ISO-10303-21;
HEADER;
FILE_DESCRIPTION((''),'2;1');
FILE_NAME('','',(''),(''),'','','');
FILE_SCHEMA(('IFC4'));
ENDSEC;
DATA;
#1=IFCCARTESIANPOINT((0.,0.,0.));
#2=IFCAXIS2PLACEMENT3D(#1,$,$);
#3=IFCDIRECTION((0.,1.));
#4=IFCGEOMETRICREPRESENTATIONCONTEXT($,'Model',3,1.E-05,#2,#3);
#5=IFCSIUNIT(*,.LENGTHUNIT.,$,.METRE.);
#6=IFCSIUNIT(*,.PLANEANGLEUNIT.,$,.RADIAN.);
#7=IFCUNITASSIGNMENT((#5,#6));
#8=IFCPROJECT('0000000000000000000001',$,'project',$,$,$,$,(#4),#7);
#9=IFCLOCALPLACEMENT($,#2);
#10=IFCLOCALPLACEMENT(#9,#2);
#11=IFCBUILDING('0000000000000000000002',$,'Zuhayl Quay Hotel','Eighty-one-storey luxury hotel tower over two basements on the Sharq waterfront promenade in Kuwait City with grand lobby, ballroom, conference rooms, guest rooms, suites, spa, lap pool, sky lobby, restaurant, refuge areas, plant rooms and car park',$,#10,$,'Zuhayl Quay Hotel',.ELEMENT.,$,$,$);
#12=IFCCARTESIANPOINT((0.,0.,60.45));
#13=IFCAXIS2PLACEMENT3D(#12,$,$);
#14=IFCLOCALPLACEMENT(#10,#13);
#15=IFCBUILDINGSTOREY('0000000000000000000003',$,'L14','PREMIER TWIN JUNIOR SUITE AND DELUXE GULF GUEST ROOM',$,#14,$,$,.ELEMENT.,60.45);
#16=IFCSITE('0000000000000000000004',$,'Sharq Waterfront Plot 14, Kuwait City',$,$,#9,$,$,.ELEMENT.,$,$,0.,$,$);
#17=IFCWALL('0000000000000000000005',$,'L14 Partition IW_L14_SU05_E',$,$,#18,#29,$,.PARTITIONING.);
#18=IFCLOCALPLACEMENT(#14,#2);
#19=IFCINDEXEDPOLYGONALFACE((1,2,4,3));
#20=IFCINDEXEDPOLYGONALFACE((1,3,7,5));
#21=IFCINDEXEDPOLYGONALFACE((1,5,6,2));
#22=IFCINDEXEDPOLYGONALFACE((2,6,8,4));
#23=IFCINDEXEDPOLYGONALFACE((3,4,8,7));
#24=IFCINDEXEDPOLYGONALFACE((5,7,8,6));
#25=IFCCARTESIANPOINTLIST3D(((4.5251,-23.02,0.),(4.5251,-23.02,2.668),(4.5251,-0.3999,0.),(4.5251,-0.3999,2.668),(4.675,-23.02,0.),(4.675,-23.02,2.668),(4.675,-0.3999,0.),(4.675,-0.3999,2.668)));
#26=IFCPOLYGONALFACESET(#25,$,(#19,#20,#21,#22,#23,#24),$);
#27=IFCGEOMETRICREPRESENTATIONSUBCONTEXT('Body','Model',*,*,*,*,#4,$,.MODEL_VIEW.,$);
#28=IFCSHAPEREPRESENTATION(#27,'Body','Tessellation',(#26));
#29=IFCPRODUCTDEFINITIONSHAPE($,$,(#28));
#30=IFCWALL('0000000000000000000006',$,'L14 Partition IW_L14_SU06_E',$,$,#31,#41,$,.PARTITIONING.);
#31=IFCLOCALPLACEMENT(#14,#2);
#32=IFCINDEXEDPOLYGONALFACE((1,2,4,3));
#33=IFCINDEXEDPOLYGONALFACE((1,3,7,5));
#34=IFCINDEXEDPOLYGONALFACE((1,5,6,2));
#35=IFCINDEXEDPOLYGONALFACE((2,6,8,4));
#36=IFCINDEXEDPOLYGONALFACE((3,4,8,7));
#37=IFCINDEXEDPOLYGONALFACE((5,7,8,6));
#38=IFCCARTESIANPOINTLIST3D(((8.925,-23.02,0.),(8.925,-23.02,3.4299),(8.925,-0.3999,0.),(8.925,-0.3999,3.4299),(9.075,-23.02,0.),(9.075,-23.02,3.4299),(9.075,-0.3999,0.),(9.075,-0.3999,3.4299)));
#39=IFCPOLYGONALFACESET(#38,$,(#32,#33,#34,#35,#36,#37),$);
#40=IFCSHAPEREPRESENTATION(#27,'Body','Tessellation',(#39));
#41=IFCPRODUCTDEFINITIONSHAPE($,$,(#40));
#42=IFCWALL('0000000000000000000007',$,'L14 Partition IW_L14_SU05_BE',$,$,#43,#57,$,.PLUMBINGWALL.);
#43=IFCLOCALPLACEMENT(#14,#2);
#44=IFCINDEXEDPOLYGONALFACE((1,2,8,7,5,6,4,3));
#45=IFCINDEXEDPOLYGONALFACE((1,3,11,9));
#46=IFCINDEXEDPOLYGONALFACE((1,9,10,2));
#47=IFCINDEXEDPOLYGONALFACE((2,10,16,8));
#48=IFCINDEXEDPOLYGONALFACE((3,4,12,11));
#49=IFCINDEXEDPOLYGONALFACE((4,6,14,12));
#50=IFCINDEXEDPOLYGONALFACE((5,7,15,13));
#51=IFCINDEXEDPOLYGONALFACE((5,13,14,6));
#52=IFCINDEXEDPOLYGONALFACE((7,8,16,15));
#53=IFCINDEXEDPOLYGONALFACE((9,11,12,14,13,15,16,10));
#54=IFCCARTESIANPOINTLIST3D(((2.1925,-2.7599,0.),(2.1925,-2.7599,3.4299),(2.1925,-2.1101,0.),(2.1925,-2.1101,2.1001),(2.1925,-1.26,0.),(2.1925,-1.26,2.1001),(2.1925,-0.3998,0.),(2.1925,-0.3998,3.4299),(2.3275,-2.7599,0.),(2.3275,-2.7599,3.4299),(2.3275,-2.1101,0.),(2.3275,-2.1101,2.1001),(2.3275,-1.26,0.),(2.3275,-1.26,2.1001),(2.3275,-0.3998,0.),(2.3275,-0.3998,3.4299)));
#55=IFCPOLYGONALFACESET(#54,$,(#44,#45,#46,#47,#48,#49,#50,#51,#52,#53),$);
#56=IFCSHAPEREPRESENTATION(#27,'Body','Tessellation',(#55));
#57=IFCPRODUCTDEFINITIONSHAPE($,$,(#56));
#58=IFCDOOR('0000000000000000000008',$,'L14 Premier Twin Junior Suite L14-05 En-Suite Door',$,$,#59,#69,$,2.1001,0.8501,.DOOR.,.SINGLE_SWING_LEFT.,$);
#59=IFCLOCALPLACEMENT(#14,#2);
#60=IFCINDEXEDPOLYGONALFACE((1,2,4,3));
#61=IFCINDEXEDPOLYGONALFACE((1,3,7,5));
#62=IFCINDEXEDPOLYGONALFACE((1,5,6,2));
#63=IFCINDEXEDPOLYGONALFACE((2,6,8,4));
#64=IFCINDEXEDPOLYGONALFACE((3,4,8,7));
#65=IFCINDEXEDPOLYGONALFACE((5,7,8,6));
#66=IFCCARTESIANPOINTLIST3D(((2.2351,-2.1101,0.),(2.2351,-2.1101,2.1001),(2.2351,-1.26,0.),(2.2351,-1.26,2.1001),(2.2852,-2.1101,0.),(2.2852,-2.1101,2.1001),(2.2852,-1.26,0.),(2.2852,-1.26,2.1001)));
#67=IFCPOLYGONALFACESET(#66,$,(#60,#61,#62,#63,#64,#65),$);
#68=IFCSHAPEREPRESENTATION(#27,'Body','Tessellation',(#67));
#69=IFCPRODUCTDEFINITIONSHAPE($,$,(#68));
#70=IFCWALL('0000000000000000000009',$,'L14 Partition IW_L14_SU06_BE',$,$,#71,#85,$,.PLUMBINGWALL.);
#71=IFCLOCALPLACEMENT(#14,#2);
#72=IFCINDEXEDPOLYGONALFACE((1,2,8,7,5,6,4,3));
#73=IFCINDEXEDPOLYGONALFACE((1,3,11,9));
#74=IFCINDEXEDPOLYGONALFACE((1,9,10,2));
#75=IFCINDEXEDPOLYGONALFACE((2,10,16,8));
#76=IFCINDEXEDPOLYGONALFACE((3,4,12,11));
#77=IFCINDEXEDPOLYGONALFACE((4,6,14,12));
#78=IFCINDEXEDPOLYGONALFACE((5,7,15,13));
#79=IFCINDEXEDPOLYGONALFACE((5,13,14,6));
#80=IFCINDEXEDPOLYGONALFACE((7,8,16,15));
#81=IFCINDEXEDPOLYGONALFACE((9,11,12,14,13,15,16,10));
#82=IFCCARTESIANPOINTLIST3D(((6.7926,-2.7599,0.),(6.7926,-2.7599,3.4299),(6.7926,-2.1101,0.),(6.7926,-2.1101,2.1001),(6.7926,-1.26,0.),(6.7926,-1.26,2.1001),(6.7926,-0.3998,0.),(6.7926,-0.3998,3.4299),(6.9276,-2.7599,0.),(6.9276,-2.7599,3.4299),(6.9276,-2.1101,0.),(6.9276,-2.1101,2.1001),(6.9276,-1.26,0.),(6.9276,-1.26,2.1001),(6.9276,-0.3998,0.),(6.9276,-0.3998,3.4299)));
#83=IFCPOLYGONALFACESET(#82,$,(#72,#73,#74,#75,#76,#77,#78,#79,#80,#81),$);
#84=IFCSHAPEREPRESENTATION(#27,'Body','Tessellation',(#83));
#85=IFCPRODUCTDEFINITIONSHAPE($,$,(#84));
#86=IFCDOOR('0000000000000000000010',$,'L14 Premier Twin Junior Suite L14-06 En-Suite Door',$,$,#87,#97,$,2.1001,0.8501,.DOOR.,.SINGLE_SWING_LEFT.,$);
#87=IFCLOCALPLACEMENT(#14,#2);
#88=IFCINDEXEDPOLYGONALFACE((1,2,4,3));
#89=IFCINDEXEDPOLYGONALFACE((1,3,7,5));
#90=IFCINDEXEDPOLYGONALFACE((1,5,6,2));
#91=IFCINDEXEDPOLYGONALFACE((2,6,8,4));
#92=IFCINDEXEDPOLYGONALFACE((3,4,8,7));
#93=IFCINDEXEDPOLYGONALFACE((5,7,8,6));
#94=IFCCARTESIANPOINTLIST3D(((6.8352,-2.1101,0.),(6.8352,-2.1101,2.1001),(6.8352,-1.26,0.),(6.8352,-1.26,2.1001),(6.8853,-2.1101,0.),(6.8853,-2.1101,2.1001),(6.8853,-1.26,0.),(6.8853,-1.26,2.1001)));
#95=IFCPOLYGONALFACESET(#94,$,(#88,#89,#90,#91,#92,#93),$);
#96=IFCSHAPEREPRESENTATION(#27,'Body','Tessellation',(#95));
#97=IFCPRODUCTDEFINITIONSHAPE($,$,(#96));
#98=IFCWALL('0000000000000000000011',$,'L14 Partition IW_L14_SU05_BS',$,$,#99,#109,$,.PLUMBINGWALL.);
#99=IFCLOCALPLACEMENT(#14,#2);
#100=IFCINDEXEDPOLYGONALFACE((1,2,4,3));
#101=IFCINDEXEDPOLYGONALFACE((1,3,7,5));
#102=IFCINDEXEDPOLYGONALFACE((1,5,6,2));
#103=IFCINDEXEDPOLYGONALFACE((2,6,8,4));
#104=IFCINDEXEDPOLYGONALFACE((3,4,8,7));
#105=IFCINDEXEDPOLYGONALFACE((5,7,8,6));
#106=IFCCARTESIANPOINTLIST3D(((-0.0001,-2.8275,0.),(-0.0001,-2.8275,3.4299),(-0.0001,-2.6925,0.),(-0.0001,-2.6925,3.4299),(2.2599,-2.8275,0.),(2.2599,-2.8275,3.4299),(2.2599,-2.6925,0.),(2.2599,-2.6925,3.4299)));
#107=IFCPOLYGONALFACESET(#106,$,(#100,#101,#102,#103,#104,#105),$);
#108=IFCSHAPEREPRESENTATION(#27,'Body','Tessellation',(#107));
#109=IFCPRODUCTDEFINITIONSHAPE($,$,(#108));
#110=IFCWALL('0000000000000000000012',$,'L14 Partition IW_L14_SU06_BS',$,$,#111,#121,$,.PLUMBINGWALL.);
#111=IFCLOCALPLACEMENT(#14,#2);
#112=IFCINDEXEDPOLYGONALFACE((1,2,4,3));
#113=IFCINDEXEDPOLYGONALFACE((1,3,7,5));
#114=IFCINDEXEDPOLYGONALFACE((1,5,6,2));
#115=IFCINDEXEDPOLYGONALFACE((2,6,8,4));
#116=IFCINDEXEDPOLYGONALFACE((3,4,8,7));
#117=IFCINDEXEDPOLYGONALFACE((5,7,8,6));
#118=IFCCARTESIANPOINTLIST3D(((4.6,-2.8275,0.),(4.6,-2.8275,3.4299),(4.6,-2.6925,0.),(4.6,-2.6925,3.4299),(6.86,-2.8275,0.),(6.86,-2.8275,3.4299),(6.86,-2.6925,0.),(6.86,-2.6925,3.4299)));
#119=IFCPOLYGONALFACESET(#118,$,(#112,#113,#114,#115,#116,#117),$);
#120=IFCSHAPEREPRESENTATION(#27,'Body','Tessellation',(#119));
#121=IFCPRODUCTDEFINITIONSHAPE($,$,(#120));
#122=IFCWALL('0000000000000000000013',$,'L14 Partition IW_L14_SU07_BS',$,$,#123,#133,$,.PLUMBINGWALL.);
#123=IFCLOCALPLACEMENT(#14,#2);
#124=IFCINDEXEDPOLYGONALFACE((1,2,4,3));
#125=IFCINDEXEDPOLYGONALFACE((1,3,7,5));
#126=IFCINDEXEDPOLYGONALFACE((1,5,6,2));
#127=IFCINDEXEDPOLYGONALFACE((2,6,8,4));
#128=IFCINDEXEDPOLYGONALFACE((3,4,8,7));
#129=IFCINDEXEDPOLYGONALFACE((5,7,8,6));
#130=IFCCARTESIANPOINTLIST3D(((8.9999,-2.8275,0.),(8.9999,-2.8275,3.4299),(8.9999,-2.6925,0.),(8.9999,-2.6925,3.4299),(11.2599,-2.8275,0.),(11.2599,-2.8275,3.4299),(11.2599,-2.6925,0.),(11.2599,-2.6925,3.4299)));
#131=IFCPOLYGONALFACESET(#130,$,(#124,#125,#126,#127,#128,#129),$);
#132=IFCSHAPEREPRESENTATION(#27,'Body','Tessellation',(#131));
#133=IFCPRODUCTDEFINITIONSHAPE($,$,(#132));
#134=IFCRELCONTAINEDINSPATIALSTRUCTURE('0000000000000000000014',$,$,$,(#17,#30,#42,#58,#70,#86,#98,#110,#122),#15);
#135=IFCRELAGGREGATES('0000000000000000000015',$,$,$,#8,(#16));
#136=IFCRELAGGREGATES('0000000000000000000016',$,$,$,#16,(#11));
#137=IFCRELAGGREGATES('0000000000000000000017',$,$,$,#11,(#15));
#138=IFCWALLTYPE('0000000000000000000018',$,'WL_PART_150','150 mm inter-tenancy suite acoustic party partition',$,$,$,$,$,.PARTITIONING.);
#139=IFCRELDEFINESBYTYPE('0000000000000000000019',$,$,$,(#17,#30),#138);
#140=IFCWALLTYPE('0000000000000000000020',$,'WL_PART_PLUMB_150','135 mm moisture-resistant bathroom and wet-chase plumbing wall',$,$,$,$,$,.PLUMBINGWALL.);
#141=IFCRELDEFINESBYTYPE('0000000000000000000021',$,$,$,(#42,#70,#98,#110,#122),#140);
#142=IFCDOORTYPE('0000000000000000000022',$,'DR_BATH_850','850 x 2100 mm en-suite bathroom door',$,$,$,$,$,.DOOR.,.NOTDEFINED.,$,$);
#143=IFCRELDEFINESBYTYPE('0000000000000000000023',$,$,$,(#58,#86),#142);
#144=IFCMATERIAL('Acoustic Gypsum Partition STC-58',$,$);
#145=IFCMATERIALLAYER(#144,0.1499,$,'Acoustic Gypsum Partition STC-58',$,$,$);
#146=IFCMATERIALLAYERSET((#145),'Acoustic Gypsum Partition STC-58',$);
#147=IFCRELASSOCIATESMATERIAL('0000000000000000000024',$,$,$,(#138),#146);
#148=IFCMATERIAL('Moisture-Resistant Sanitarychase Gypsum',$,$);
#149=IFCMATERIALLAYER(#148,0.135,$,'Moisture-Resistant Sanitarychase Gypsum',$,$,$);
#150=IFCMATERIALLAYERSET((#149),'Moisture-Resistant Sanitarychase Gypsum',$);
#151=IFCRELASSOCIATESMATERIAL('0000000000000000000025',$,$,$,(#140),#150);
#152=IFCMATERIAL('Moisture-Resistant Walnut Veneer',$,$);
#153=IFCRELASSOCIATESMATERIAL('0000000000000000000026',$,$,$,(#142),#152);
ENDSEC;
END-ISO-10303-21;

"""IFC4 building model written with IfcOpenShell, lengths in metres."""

from ifc_helpers import new_model, si_unit, direction, frame, frame_2d, origin, place, context, subcontext, project, spatial, rectangle, extrude, material, layer, layer_set, type_object, element, fill, save


model = new_model("IFC4")

# Units and contexts
model_context = context("Model", 3, precision=1e-05, world=origin(), true_north=direction((0.0, 1.0)))
body_context = subcontext(model_context, "Body", "Model", "MODEL_VIEW")
ifc_project = project(units=[si_unit("LENGTHUNIT", "METRE"), si_unit("PLANEANGLEUNIT", "RADIAN")], contexts=[model_context])

# Site, building, storey
site_placement = place(None, origin())
site = spatial("IfcSite", under=ifc_project, at=site_placement, Name="Sharq Waterfront Plot 14, Kuwait City", CompositionType="ELEMENT", RefElevation=0.0)
building_placement = place(site_placement, origin())
building = spatial("IfcBuilding", under=site, at=building_placement, Name="Zuhayl Quay Hotel", Description="Eighty-one-storey luxury hotel tower over two basements on the Sharq waterfront promenade in Kuwait City with grand lobby, ballroom, conference rooms, guest rooms, suites, spa, lap pool, sky lobby, restaurant, refuge areas, plant rooms and car park", LongName="Zuhayl Quay Hotel", CompositionType="ELEMENT")
storey_placement = place(building_placement, frame((0.0, 0.0, 60.45)))
storey = spatial("IfcBuildingStorey", under=building, at=storey_placement, Name="L14", Description="PREMIER TWIN JUNIOR SUITE AND DELUXE GULF GUEST ROOM", CompositionType="ELEMENT", Elevation=60.45)

# Walls
ifc_material_1 = material(Name="Acoustic Gypsum Partition STC-58")
ifc_layer_1 = layer(ifc_material_1, 0.1499, Name="Acoustic Gypsum Partition STC-58")
ifc_layer_set_1 = layer_set([ifc_layer_1], Name="Acoustic Gypsum Partition STC-58")
wall_type_1 = type_object("IfcWallType", Name="WL_PART_150", Description="150 mm inter-tenancy suite acoustic party partition", PredefinedType="PARTITIONING", material=ifc_layer_set_1)
wall_1_placement = place(storey_placement, frame((4.6001, -23.02, 0.0), z_axis=(0.0, 0.0, 1.0), x_axis=(0.0, 1.0, 0.0)))
element("IfcWall", 1, at=wall_1_placement, inside=storey, type_object=wall_type_1, Name="L14 Partition IW_L14_SU05_E", PredefinedType="PARTITIONING", context=body_context, shape_type="SweptSolid", body=[
    extrude(rectangle(XDim=22.6201, YDim=0.1499, at=frame_2d((11.3101, 0.0))), origin(), (0.0, 0.0, 1.0), 2.668),
])
wall_2_placement = place(storey_placement, frame((9.0, -23.02, 0.0), z_axis=(0.0, 0.0, 1.0), x_axis=(0.0, 1.0, 0.0)))
element("IfcWall", 2, at=wall_2_placement, inside=storey, type_object=wall_type_1, Name="L14 Partition IW_L14_SU06_E", PredefinedType="PARTITIONING", context=body_context, shape_type="SweptSolid", body=[
    extrude(rectangle(XDim=22.6201, YDim=0.1499, at=frame_2d((11.3101, 0.0))), origin(), (0.0, 0.0, 1.0), 3.4299),
])

# Walls, openings, doors
ifc_material_2 = material(Name="Moisture-Resistant Sanitarychase Gypsum")
ifc_layer_2 = layer(ifc_material_2, 0.135, Name="Moisture-Resistant Sanitarychase Gypsum")
ifc_layer_set_2 = layer_set([ifc_layer_2], Name="Moisture-Resistant Sanitarychase Gypsum")
wall_type_2 = type_object("IfcWallType", Name="WL_PART_PLUMB_150", Description="135 mm moisture-resistant bathroom and wet-chase plumbing wall", PredefinedType="PLUMBINGWALL", material=ifc_layer_set_2)
wall_3_placement = place(storey_placement, frame((2.26, -2.76, 0.0), z_axis=(0.0, 0.0, 1.0), x_axis=(0.0, 1.0, 0.0)))
wall_3 = element("IfcWall", 3, at=wall_3_placement, inside=storey, type_object=wall_type_2, Name="L14 Partition IW_L14_SU05_BE", PredefinedType="PLUMBINGWALL", context=body_context, shape_type="SweptSolid", body=[
    extrude(rectangle(XDim=2.3601, YDim=0.135, at=frame_2d((1.1802, 0.0))), origin(), (0.0, 0.0, 1.0), 3.4299),
])
opening_1_placement = place(wall_3_placement, frame((0.6499, 0.0, 0.0)))
opening_1 = element("IfcOpeningElement", 4, at=opening_1_placement, cuts=wall_3, PredefinedType="OPENING", context=body_context, shape_type="SweptSolid", body=[
    extrude(rectangle(XDim=0.8501, YDim=2.1001, at=frame_2d((0.425, 1.05))), frame((0.0, 0.0774, 0.0), z_axis=(0.0, -1.0, 0.0), x_axis=(1.0, 0.0, 0.0)), (0.0, 0.0, 1.0), 0.155),
])
ifc_material_3 = material(Name="Moisture-Resistant Walnut Veneer")
door_type = type_object("IfcDoorType", Name="DR_BATH_850", Description="850 x 2100 mm en-suite bathroom door", OperationType="NOTDEFINED", PredefinedType="DOOR", material=ifc_material_3)
door_1_placement = place(opening_1_placement, origin())
door_1 = element("IfcDoor", 5, at=door_1_placement, inside=storey, type_object=door_type, Name="L14 Premier Twin Junior Suite L14-05 En-Suite Door", OperationType="SINGLE_SWING_LEFT", OverallHeight=2.1001, OverallWidth=0.8501, PredefinedType="DOOR", context=body_context, shape_type="SweptSolid", body=[
    extrude(rectangle(XDim=0.8501, YDim=2.1001, at=frame_2d((0.425, 1.05))), frame((0.0, 0.0249, 0.0), z_axis=(0.0, -1.0, 0.0), x_axis=(1.0, 0.0, 0.0)), (0.0, 0.0, 1.0), 0.05),
])
fill(opening_1, door_1)
wall_4_placement = place(storey_placement, frame((6.8601, -2.76, 0.0), z_axis=(0.0, 0.0, 1.0), x_axis=(0.0, 1.0, 0.0)))
wall_4 = element("IfcWall", 6, at=wall_4_placement, inside=storey, type_object=wall_type_2, Name="L14 Partition IW_L14_SU06_BE", PredefinedType="PLUMBINGWALL", context=body_context, shape_type="SweptSolid", body=[
    extrude(rectangle(XDim=2.3601, YDim=0.135, at=frame_2d((1.1802, 0.0))), origin(), (0.0, 0.0, 1.0), 3.4299),
])
opening_2_placement = place(wall_4_placement, frame((0.6499, 0.0, 0.0)))
opening_2 = element("IfcOpeningElement", 7, at=opening_2_placement, cuts=wall_4, PredefinedType="OPENING", context=body_context, shape_type="SweptSolid", body=[
    extrude(rectangle(XDim=0.8501, YDim=2.1001, at=frame_2d((0.425, 1.05))), frame((0.0, 0.0774, 0.0), z_axis=(0.0, -1.0, 0.0), x_axis=(1.0, 0.0, 0.0)), (0.0, 0.0, 1.0), 0.155),
])
door_2_placement = place(opening_2_placement, origin())
door_2 = element("IfcDoor", 8, at=door_2_placement, inside=storey, type_object=door_type, Name="L14 Premier Twin Junior Suite L14-06 En-Suite Door", OperationType="SINGLE_SWING_LEFT", OverallHeight=2.1001, OverallWidth=0.8501, PredefinedType="DOOR", context=body_context, shape_type="SweptSolid", body=[
    extrude(rectangle(XDim=0.8501, YDim=2.1001, at=frame_2d((0.425, 1.05))), frame((0.0, 0.0249, 0.0), z_axis=(0.0, -1.0, 0.0), x_axis=(1.0, 0.0, 0.0)), (0.0, 0.0, 1.0), 0.05),
])
fill(opening_2, door_2)

# Walls
for number, where, z_axis, x_axis, name in (
    (9, (0.0, -2.76, 0.0), (0.0, 0.0, 1.0), (1.0, 0.0, 0.0), "L14 Partition IW_L14_SU05_BS"),
    (10, (4.6001, -2.76, 0.0), (0.0, 0.0, 1.0), (1.0, 0.0, 0.0), "L14 Partition IW_L14_SU06_BS"),
    (11, (9.0, -2.76, 0.0), (0.0, 0.0, 1.0), (1.0, 0.0, 0.0), "L14 Partition IW_L14_SU07_BS"),
):
    element("IfcWall", number, at=place(storey_placement, frame(where, z_axis=z_axis, x_axis=x_axis)), inside=storey, type_object=wall_type_2, Name=name, PredefinedType="PLUMBINGWALL", context=body_context, shape_type="SweptSolid", body=[
        extrude(rectangle(XDim=2.26, YDim=0.135, at=frame_2d((1.1299, 0.0))), origin(), (0.0, 0.0, 1.0), 3.4299),
    ])

save(model, "model.ifc")
